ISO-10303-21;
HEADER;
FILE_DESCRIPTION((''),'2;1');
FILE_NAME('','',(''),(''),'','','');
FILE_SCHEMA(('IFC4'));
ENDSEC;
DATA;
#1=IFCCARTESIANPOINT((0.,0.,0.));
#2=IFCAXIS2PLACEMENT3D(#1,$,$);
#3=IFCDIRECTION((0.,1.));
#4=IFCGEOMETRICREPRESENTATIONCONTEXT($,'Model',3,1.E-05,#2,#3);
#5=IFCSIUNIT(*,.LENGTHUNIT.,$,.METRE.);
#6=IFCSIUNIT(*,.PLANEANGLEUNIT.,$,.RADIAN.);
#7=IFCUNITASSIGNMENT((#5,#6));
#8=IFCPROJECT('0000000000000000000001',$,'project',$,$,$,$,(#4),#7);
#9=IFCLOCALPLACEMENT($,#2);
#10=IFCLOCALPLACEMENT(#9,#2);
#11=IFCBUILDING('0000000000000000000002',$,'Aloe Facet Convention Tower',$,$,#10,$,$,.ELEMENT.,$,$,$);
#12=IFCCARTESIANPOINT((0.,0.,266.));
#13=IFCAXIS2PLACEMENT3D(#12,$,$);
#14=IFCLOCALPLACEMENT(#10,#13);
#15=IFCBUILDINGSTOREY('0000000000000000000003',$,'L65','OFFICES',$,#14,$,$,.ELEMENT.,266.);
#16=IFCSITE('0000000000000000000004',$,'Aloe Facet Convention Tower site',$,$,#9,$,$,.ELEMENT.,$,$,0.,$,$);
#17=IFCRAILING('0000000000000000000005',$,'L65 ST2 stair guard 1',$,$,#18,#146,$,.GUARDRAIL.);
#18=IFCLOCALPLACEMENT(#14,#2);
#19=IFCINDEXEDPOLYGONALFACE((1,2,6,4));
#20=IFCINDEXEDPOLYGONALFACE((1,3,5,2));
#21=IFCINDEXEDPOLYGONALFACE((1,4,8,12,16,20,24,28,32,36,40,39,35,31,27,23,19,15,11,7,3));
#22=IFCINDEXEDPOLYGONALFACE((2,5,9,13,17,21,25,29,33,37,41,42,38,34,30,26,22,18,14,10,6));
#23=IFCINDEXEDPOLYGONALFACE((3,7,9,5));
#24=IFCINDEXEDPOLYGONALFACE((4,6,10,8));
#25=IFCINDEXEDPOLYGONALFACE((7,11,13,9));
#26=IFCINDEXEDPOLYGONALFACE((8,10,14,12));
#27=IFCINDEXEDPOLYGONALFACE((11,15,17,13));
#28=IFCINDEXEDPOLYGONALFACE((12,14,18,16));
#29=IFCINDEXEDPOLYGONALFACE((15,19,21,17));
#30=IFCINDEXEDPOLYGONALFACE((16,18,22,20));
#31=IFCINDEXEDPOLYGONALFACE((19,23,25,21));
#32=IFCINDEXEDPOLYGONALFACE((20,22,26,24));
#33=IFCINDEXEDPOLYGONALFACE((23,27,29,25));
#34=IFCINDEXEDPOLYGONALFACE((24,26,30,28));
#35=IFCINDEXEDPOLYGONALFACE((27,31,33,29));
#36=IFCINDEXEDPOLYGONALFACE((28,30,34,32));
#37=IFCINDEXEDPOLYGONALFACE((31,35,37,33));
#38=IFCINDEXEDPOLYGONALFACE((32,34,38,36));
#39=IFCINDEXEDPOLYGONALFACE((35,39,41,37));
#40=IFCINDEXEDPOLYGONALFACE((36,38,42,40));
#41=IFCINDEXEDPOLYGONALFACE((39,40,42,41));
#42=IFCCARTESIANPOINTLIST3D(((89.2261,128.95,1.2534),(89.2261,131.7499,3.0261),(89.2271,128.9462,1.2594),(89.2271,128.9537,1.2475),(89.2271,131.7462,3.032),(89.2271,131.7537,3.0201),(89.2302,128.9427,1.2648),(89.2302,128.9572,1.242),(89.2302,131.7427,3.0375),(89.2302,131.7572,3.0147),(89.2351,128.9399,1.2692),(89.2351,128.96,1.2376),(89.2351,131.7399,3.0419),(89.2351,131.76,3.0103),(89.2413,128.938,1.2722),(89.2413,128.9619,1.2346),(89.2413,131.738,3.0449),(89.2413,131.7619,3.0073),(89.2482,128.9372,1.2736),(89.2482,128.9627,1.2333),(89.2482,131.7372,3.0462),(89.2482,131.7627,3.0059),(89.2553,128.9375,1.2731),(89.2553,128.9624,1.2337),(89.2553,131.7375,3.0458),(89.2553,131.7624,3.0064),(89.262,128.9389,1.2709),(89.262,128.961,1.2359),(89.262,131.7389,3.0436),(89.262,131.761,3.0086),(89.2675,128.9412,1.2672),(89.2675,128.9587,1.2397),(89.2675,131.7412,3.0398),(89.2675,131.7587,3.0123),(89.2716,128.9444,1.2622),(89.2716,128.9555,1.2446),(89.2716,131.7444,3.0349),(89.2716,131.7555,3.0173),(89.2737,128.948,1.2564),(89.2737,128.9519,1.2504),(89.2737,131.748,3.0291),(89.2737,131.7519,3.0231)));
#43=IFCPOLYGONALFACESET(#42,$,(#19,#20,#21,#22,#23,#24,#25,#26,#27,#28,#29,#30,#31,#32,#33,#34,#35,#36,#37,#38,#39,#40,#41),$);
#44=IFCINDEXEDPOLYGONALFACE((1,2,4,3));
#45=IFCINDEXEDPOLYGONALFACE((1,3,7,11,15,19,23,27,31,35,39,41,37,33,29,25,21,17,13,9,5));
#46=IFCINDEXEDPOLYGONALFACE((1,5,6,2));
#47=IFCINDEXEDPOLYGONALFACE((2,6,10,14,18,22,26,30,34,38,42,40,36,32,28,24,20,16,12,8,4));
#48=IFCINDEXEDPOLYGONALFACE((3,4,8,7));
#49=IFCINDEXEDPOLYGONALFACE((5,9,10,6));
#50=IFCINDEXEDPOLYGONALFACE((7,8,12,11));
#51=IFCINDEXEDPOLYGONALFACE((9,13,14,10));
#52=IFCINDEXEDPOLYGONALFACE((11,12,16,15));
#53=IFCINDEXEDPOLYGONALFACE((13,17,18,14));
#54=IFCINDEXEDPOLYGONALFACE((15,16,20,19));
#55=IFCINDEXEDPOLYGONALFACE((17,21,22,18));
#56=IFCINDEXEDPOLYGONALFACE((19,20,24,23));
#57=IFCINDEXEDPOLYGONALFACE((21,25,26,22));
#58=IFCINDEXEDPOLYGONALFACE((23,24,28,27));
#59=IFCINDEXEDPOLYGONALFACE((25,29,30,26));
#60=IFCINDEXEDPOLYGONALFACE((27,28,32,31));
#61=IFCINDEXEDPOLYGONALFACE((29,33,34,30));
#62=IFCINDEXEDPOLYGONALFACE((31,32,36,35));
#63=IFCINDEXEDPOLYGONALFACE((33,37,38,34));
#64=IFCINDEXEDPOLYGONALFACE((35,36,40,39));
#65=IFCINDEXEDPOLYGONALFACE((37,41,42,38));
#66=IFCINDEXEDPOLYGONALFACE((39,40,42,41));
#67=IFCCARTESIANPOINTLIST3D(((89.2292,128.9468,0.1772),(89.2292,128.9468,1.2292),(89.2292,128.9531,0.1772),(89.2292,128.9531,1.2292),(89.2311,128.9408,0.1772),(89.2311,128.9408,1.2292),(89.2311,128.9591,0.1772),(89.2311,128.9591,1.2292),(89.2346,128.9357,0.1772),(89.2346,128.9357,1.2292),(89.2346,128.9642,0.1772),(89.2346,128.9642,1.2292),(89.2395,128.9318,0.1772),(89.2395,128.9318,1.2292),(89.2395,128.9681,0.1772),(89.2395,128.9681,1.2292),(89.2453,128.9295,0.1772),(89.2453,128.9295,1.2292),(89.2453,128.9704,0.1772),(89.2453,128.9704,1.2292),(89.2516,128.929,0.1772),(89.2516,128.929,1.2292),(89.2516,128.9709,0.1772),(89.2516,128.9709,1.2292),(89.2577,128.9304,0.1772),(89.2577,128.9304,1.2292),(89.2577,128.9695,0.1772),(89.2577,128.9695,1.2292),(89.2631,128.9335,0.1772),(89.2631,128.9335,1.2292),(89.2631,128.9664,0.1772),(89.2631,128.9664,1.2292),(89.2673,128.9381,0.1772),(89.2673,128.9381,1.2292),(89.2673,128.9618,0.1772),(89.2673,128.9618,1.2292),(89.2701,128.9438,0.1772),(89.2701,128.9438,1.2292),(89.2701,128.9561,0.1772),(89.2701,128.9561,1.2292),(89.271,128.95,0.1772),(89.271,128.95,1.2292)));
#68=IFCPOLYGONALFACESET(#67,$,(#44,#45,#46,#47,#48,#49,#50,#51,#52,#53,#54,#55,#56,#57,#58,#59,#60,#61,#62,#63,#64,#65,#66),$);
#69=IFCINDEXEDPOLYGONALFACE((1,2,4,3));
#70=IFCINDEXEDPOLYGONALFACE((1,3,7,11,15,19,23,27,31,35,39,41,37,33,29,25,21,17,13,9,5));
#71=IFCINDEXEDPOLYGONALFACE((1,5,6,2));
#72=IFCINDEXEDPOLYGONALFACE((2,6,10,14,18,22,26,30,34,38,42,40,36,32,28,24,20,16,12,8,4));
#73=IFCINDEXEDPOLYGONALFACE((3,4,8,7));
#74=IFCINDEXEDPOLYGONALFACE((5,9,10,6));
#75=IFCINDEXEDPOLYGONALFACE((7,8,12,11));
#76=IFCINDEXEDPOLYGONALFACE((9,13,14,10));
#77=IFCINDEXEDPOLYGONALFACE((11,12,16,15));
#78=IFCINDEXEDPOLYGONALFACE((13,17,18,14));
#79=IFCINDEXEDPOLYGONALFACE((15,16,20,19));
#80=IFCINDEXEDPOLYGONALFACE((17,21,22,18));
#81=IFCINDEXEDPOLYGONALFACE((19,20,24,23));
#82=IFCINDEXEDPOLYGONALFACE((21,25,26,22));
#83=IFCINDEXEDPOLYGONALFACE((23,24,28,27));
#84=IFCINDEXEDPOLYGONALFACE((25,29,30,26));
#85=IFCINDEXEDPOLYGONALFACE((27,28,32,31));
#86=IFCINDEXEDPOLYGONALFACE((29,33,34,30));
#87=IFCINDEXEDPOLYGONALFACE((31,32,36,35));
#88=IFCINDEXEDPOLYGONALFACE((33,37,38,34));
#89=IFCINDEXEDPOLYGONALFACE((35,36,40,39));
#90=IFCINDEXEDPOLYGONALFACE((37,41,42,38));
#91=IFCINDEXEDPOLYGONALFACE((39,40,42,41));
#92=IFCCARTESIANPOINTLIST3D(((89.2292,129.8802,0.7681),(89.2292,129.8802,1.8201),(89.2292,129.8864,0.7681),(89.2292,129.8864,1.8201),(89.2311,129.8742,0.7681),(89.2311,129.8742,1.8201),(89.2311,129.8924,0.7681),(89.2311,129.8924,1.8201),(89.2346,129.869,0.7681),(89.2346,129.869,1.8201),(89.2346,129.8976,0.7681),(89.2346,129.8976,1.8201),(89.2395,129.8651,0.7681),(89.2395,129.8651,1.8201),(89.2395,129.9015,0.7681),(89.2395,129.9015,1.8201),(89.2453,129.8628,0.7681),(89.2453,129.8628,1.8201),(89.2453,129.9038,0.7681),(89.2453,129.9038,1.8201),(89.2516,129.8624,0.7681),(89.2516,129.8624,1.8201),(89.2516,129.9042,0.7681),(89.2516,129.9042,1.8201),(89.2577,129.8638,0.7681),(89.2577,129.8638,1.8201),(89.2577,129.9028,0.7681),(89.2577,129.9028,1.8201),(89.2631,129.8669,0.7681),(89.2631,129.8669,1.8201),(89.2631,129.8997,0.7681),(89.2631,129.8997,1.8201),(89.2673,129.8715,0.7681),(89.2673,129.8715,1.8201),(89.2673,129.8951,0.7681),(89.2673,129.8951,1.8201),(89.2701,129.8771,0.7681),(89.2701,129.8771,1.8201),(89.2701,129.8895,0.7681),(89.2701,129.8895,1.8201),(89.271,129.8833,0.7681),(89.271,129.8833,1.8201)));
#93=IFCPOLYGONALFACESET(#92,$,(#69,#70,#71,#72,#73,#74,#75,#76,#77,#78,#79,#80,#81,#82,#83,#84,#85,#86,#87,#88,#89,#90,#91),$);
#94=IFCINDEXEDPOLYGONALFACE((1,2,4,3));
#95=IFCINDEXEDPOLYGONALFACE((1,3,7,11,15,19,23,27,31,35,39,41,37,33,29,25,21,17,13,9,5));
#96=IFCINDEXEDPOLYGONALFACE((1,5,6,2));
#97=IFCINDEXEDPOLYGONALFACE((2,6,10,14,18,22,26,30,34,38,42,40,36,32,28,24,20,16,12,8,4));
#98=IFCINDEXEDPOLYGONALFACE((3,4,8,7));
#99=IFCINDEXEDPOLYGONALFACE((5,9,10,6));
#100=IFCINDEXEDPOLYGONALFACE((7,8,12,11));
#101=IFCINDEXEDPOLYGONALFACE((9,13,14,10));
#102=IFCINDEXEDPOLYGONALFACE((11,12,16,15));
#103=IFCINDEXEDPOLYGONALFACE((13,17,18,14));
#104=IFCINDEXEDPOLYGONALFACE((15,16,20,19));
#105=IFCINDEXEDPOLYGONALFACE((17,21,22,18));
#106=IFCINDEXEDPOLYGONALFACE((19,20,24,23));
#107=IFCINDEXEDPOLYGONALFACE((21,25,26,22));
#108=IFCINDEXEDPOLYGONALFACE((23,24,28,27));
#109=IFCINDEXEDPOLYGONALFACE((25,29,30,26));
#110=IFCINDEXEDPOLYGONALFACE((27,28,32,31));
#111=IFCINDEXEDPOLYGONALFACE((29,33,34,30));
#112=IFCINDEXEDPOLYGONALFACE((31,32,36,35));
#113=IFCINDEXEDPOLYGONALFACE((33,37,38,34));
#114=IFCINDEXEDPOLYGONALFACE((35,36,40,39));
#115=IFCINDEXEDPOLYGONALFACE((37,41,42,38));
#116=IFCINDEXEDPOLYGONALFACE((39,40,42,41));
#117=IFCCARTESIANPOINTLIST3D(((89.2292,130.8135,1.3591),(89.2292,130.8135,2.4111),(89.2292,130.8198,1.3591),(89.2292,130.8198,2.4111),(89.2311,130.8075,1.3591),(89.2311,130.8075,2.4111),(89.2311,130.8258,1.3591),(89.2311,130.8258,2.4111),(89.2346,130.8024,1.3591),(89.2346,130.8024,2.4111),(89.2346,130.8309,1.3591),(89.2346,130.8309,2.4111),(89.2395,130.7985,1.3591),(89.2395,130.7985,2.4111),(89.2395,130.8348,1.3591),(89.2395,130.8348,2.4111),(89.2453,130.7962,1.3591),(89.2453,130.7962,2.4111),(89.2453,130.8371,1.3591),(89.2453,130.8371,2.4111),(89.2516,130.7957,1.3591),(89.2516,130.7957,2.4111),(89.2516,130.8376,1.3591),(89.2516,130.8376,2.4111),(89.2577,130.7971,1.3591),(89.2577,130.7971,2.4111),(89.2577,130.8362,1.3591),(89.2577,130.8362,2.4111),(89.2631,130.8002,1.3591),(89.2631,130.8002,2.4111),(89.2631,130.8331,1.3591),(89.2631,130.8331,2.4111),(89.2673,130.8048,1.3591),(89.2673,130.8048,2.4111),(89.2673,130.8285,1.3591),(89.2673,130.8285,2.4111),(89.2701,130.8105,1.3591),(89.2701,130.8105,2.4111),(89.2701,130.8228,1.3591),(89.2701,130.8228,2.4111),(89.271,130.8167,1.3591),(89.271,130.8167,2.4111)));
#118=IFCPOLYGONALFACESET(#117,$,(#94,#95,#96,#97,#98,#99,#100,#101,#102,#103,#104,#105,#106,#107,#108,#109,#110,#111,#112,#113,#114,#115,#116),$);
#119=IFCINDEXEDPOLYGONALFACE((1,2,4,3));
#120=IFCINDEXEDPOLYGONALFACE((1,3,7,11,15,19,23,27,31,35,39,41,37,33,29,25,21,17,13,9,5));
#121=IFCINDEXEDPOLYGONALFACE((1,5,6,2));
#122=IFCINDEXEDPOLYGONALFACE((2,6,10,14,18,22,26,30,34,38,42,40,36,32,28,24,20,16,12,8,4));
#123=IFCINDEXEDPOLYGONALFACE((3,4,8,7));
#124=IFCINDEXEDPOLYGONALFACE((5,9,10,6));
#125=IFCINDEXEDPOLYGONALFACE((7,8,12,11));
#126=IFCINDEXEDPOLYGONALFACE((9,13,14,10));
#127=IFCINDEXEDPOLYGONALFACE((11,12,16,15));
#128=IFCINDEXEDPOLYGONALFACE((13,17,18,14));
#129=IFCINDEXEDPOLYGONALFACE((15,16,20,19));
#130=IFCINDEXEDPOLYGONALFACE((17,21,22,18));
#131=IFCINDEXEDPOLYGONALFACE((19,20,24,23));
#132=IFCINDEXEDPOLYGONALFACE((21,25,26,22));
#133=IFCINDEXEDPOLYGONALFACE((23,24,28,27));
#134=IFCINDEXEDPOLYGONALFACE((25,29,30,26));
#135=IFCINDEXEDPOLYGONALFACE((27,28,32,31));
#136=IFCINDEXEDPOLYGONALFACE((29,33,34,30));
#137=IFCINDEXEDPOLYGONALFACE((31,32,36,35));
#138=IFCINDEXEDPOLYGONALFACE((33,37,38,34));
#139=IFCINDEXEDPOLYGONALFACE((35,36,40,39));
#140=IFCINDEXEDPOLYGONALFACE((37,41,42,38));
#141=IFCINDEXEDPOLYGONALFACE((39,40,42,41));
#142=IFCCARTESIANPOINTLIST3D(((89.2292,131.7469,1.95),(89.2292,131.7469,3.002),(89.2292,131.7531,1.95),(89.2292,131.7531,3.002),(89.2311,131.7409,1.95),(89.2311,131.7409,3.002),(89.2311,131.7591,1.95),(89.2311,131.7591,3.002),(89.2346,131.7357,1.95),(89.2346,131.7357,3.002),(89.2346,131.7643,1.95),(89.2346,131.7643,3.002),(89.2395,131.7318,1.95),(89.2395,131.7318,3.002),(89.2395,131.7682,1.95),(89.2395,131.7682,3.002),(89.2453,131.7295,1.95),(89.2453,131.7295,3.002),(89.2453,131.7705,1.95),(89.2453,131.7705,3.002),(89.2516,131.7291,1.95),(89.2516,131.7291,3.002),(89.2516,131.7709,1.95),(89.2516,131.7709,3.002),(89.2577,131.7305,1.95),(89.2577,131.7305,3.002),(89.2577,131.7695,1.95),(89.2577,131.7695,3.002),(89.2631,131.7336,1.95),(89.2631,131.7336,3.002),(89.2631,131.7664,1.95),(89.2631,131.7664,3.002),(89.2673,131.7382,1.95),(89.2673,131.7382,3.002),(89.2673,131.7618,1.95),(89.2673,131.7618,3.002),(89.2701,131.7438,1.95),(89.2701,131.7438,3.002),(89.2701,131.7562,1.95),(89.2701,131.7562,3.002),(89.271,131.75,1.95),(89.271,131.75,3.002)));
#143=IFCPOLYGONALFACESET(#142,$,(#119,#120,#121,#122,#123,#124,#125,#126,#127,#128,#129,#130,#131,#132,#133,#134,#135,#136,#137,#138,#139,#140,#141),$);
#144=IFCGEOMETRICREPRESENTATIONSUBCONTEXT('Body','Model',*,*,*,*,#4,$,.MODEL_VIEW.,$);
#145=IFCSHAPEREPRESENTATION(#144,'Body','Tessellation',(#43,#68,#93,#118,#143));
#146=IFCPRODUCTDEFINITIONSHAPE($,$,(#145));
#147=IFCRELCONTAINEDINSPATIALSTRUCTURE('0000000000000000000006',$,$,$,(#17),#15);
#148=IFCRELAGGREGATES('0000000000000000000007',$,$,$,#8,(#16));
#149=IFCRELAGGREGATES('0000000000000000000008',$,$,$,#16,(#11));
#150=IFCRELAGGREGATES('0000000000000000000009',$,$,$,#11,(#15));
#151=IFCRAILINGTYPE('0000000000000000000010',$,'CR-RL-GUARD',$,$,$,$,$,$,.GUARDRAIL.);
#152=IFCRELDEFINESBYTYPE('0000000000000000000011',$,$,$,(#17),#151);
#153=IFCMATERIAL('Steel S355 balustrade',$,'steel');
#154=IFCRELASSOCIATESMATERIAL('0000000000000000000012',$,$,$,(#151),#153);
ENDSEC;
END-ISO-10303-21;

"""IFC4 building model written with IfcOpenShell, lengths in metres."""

from ifc_helpers import new_model, si_unit, direction, frame, origin, origin_2d, place, context, subcontext, project, spatial, circle, extrude, material, type_object, element, save


model = new_model("IFC4")

# Units and contexts
model_context = context("Model", 3, precision=1e-05, world=origin(), true_north=direction((0.0, 1.0)))
body_context = subcontext(model_context, "Body", "Model", "MODEL_VIEW")
ifc_project = project(units=[si_unit("LENGTHUNIT", "METRE"), si_unit("PLANEANGLEUNIT", "RADIAN")], contexts=[model_context])

# Site, building, storey
site_placement = place(None, origin())
site = spatial("IfcSite", under=ifc_project, at=site_placement, Name="Aloe Facet Convention Tower site", CompositionType="ELEMENT", RefElevation=0.0)
building_placement = place(site_placement, origin())
building = spatial("IfcBuilding", under=site, at=building_placement, Name="Aloe Facet Convention Tower", CompositionType="ELEMENT")
storey_placement = place(building_placement, frame((0.0, 0.0, 266.0)))
storey = spatial("IfcBuildingStorey", under=building, at=storey_placement, Name="L65", Description="OFFICES", CompositionType="ELEMENT", Elevation=266.0)

# Railing
ifc_material_1 = material(Name="Steel S355 balustrade", Category="steel")
railing_type_1 = type_object("IfcRailingType", Name="CR-RL-GUARD", PredefinedType="GUARDRAIL", material=ifc_material_1)
railing_1_placement = place(storey_placement, frame((89.25, 128.95, 0.1772)))
element("IfcRailing", 1, at=railing_1_placement, inside=storey, type_object=railing_type_1, Name="L65 ST2 stair guard 1", PredefinedType="GUARDRAIL", context=body_context, shape_type="SweptSolid", body=[
    extrude(circle(Radius=0.0239, at=origin_2d()), frame((0.0, 0.0, 1.0762), z_axis=(0.0, 0.844909, 0.53491), x_axis=(-1.0, 0.0, 0.0)), (0.0, 0.0, 1.0), 3.314),
    extrude(circle(Radius=0.021, at=origin_2d()), origin(), (0.0, 0.0, 1.0), 1.052),
    extrude(circle(Radius=0.021, at=origin_2d()), frame((0.0, 0.9333, 0.5908)), (0.0, 0.0, 1.0), 1.052),
    extrude(circle(Radius=0.021, at=origin_2d()), frame((0.0, 1.8667, 1.1819)), (0.0, 0.0, 1.0), 1.052),
    extrude(circle(Radius=0.021, at=origin_2d()), frame((0.0, 2.8, 1.7727)), (0.0, 0.0, 1.0), 1.052),
])

save(model, "model.ifc")
